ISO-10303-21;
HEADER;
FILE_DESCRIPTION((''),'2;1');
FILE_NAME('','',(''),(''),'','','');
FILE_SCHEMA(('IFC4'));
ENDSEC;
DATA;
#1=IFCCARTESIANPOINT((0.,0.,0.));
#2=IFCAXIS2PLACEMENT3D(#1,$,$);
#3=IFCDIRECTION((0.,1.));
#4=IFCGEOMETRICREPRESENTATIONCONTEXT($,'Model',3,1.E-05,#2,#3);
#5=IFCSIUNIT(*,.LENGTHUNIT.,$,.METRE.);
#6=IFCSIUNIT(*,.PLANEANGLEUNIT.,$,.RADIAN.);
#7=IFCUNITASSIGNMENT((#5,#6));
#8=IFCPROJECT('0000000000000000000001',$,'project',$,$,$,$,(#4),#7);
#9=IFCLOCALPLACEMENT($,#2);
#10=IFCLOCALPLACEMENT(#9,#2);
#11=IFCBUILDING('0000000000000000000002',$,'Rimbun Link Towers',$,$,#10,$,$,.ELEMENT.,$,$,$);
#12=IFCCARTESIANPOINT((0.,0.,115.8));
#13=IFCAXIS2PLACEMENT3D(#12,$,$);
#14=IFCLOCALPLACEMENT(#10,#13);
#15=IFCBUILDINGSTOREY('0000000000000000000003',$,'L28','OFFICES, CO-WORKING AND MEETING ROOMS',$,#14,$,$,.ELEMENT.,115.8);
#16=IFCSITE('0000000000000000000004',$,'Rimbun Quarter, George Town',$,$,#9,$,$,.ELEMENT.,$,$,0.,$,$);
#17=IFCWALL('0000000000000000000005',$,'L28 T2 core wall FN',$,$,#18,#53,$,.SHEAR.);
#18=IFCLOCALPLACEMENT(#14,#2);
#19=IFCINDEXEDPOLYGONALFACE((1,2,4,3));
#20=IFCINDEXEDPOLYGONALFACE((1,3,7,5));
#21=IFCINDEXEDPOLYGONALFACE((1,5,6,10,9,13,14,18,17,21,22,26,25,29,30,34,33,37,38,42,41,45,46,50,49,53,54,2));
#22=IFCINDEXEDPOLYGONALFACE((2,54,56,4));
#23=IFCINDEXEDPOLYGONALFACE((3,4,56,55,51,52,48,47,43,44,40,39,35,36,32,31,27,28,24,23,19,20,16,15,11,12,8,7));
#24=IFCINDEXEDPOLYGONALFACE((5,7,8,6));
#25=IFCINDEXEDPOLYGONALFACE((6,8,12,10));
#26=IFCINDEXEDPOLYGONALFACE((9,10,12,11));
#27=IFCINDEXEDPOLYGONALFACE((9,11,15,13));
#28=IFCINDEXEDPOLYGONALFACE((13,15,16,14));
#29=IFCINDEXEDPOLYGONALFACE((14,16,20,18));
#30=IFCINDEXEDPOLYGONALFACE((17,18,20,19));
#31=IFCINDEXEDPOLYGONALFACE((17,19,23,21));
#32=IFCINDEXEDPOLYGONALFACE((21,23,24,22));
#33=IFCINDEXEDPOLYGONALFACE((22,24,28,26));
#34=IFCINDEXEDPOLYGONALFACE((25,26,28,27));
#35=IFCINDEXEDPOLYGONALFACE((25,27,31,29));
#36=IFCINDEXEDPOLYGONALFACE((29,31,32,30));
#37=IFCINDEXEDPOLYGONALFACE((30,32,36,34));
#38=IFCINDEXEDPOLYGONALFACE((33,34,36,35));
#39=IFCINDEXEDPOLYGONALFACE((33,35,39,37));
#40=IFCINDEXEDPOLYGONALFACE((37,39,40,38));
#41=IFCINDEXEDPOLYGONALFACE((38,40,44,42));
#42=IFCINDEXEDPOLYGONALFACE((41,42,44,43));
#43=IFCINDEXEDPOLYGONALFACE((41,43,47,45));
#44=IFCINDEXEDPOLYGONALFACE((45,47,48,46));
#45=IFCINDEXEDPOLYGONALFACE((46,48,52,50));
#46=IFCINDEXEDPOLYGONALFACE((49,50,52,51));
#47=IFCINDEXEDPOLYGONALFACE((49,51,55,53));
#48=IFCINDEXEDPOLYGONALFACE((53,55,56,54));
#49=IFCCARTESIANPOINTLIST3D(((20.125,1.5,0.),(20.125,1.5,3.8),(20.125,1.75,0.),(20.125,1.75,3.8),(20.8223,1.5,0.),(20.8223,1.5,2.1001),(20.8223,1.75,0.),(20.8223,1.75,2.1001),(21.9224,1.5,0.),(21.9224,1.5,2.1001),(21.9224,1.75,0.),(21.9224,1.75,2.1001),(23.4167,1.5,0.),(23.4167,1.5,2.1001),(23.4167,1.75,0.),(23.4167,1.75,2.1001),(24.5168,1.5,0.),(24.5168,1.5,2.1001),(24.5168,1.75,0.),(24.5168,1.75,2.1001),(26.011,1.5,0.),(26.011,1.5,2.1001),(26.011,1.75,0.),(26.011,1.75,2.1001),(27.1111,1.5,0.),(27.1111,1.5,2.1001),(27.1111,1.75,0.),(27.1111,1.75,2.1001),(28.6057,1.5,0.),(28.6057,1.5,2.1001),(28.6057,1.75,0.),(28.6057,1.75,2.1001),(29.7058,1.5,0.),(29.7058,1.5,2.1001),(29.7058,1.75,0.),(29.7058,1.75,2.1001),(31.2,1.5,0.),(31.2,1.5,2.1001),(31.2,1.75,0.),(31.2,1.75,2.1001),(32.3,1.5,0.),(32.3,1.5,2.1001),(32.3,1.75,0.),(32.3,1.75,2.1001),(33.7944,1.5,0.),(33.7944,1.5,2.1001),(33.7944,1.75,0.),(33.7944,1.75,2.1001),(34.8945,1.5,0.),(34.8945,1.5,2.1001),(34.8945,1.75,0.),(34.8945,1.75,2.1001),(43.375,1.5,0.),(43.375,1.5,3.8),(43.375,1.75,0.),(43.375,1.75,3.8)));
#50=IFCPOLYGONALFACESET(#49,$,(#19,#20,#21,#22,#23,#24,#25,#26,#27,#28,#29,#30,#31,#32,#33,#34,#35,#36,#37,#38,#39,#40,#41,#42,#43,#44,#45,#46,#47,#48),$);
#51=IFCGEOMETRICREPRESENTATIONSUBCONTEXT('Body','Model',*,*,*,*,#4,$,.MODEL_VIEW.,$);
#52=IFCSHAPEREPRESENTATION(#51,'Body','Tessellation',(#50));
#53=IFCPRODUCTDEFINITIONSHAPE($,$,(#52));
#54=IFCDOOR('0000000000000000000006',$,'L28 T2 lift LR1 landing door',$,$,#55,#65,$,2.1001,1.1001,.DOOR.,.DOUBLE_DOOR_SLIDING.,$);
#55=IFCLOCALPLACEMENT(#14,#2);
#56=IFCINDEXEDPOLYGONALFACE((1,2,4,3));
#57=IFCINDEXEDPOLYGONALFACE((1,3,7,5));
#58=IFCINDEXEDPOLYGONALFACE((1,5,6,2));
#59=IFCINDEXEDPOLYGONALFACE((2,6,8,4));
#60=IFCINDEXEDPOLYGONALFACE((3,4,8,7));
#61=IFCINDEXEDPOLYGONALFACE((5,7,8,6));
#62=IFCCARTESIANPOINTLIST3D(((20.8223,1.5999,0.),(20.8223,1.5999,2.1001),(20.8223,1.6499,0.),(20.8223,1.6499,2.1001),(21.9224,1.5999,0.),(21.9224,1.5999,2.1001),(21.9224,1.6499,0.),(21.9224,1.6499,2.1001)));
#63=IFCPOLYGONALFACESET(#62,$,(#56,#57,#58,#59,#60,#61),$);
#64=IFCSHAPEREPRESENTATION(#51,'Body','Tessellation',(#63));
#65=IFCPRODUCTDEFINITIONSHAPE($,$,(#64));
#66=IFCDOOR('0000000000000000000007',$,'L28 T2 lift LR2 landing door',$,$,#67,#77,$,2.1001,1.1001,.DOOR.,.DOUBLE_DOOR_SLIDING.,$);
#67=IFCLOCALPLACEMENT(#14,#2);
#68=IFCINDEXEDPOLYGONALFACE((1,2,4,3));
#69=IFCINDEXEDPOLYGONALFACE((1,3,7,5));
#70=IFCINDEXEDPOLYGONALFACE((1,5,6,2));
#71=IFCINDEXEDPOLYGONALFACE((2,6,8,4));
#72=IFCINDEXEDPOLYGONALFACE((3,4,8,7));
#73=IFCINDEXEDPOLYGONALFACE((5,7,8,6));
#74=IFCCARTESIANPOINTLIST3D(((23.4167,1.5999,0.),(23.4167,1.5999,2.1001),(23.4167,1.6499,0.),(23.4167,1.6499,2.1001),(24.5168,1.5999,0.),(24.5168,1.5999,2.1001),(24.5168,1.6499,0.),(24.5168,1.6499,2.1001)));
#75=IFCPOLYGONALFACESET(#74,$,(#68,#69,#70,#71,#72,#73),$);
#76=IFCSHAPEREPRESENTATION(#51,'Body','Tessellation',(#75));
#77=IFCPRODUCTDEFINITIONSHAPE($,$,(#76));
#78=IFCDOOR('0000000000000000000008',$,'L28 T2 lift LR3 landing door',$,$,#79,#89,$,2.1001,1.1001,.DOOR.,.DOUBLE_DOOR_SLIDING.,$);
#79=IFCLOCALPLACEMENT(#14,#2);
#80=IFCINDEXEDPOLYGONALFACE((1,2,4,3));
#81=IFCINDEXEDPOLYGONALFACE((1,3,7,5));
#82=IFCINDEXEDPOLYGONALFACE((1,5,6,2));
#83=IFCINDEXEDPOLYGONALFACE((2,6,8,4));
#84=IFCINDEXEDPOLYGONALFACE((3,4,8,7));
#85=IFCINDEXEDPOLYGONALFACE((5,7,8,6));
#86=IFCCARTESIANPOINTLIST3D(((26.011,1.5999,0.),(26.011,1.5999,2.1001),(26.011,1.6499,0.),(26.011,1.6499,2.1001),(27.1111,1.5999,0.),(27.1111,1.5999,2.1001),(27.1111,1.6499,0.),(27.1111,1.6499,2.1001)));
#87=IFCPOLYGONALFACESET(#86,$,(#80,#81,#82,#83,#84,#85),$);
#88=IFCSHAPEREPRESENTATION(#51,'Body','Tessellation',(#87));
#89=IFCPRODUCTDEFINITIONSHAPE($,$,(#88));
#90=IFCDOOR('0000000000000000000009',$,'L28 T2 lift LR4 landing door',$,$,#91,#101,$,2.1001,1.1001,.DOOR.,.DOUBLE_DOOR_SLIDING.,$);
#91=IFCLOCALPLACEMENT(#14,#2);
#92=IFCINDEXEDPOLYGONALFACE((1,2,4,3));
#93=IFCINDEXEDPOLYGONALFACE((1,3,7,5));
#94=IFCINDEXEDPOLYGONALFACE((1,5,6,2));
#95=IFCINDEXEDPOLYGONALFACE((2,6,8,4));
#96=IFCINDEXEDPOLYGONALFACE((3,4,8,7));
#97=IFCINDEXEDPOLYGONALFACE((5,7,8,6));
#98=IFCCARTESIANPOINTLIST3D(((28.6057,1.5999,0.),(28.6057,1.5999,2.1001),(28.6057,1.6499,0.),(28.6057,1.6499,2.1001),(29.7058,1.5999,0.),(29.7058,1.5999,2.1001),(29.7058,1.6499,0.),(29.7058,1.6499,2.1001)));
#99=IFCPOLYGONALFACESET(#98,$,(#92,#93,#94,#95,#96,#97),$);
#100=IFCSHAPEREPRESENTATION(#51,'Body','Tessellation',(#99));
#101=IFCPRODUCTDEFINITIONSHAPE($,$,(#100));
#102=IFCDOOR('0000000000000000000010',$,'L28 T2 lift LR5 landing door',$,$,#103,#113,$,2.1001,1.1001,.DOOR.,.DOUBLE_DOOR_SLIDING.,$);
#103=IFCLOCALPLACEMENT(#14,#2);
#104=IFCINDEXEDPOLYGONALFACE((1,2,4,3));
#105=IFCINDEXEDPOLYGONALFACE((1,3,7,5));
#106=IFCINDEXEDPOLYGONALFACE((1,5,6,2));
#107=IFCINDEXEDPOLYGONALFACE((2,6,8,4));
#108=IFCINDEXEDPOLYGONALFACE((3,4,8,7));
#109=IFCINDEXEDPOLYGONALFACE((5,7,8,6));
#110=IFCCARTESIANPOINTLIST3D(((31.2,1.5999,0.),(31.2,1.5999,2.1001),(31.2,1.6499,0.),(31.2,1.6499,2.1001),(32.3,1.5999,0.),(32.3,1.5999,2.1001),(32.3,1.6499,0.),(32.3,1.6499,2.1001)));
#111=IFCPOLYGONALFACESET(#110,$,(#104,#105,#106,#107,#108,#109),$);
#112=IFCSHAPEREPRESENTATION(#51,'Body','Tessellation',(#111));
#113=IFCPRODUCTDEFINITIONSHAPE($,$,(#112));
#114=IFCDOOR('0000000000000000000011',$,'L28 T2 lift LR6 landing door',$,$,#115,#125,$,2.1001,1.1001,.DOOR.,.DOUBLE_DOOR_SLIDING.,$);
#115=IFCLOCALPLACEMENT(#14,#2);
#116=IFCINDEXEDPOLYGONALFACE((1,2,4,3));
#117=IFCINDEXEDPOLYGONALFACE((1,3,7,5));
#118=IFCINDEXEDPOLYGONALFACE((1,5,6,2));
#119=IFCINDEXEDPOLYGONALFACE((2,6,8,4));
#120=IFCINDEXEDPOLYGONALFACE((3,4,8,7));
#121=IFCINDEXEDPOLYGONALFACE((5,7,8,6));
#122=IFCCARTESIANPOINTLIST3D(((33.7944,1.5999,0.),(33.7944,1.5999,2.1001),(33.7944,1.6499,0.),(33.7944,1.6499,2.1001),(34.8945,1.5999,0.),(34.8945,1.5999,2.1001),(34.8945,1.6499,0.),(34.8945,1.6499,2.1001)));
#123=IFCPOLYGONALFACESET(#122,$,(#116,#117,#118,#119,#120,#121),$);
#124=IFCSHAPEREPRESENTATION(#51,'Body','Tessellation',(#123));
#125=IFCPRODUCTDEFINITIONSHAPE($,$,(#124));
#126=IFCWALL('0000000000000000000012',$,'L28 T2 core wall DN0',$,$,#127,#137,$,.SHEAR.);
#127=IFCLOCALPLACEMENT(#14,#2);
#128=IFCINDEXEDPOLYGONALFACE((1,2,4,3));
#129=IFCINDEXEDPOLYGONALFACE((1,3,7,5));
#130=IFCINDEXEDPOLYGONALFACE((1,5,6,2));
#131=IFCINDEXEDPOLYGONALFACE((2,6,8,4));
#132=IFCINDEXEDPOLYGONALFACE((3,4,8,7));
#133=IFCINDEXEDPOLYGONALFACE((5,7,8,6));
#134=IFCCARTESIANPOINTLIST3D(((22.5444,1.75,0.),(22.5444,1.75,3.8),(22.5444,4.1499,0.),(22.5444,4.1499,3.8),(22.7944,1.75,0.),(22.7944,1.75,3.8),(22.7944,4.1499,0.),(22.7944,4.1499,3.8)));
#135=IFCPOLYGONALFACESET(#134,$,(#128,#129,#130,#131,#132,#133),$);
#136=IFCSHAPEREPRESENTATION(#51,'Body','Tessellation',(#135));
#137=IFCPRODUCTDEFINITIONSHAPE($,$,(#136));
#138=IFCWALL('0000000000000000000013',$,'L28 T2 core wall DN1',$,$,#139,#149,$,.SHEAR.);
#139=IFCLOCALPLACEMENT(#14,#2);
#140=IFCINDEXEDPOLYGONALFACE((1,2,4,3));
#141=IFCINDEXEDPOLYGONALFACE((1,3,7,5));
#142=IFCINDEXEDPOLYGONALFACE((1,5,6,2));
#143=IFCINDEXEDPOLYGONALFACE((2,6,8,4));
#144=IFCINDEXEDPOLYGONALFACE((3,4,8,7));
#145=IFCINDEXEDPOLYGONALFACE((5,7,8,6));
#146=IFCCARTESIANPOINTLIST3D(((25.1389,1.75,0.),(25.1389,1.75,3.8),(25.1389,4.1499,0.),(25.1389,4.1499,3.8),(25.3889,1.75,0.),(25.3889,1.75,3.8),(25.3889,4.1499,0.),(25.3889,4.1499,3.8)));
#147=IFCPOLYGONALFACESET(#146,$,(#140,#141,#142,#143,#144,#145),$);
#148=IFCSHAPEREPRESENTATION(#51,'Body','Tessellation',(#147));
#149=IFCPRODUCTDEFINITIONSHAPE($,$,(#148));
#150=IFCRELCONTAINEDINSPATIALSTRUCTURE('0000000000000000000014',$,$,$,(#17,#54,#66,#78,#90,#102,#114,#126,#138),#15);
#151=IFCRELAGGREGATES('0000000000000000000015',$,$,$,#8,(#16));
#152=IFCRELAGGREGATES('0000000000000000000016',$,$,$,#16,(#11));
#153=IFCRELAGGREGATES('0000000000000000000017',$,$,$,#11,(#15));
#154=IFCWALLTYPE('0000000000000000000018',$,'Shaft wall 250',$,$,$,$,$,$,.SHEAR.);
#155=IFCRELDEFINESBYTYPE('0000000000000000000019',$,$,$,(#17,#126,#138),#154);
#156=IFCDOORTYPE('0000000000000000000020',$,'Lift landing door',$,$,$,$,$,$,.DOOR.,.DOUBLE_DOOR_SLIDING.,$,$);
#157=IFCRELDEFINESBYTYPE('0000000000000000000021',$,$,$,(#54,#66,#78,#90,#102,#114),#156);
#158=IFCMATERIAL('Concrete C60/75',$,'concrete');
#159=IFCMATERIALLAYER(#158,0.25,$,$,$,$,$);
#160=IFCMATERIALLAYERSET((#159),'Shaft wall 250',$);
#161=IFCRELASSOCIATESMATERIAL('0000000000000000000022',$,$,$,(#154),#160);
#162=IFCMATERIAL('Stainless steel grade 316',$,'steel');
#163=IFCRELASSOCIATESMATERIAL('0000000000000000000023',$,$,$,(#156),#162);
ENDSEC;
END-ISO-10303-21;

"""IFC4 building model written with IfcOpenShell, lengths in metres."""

from ifc_helpers import new_model, si_unit, direction, frame, frame_2d, origin, place, context, subcontext, project, spatial, rectangle, extrude, material, layer, layer_set, type_object, element, fill, save


model = new_model("IFC4")

# Units and contexts
model_context = context("Model", 3, precision=1e-05, world=origin(), true_north=direction((0.0, 1.0)))
body_context = subcontext(model_context, "Body", "Model", "MODEL_VIEW")
ifc_project = project(units=[si_unit("LENGTHUNIT", "METRE"), si_unit("PLANEANGLEUNIT", "RADIAN")], contexts=[model_context])

# Site, building, storey
site_placement = place(None, origin())
site = spatial("IfcSite", under=ifc_project, at=site_placement, Name="Rimbun Quarter, George Town", CompositionType="ELEMENT", RefElevation=0.0)
building_placement = place(site_placement, origin())
building = spatial("IfcBuilding", under=site, at=building_placement, Name="Rimbun Link Towers", CompositionType="ELEMENT")
storey_placement = place(building_placement, frame((0.0, 0.0, 115.8)))
storey = spatial("IfcBuildingStorey", under=building, at=storey_placement, Name="L28", Description="OFFICES, CO-WORKING AND MEETING ROOMS", CompositionType="ELEMENT", Elevation=115.8)

# Shared definitions
ifc_material_1 = material(Name="Concrete C60/75", Category="concrete")
ifc_layer_1 = layer(ifc_material_1, 0.25)
ifc_layer_set_1 = layer_set([ifc_layer_1], Name="Shaft wall 250")
wall_type_1 = type_object("IfcWallType", Name="Shaft wall 250", PredefinedType="SHEAR", material=ifc_layer_set_1)

# Wall, openings, doors
wall_1_placement = place(storey_placement, frame((20.125, 1.625, 0.0), z_axis=(0.0, 0.0, 1.0), x_axis=(1.0, 0.0, 0.0)))
wall_1 = element("IfcWall", 1, at=wall_1_placement, inside=storey, type_object=wall_type_1, Name="L28 T2 core wall FN", PredefinedType="SHEAR", context=body_context, shape_type="SweptSolid", body=[
    extrude(rectangle(XDim=23.25, YDim=0.25, at=frame_2d((11.625, 0.0))), origin(), (0.0, 0.0, 1.0), 3.8),
])
opening_1_placement = place(wall_1_placement, frame((0.6973, 0.0, 0.0)))
opening_1 = element("IfcOpeningElement", 2, at=opening_1_placement, cuts=wall_1, PredefinedType="OPENING", context=body_context, shape_type="SweptSolid", body=[
    extrude(rectangle(XDim=1.1001, YDim=2.1001, at=frame_2d((0.55, 1.05))), frame((0.0, 0.135, 0.0), z_axis=(0.0, -1.0, 0.0), x_axis=(1.0, 0.0, 0.0)), (0.0, 0.0, 1.0), 0.27),
])
opening_2_placement = place(wall_1_placement, frame((3.2917, 0.0, 0.0)))
opening_2 = element("IfcOpeningElement", 3, at=opening_2_placement, cuts=wall_1, PredefinedType="OPENING", context=body_context, shape_type="SweptSolid", body=[
    extrude(rectangle(XDim=1.1001, YDim=2.1001, at=frame_2d((0.55, 1.05))), frame((0.0, 0.135, 0.0), z_axis=(0.0, -1.0, 0.0), x_axis=(1.0, 0.0, 0.0)), (0.0, 0.0, 1.0), 0.27),
])
opening_3_placement = place(wall_1_placement, frame((5.886, 0.0, 0.0)))
opening_3 = element("IfcOpeningElement", 4, at=opening_3_placement, cuts=wall_1, PredefinedType="OPENING", context=body_context, shape_type="SweptSolid", body=[
    extrude(rectangle(XDim=1.1001, YDim=2.1001, at=frame_2d((0.55, 1.05))), frame((0.0, 0.135, 0.0), z_axis=(0.0, -1.0, 0.0), x_axis=(1.0, 0.0, 0.0)), (0.0, 0.0, 1.0), 0.27),
])
opening_4_placement = place(wall_1_placement, frame((8.4807, 0.0, 0.0)))
opening_4 = element("IfcOpeningElement", 5, at=opening_4_placement, cuts=wall_1, PredefinedType="OPENING", context=body_context, shape_type="SweptSolid", body=[
    extrude(rectangle(XDim=1.1001, YDim=2.1001, at=frame_2d((0.55, 1.05))), frame((0.0, 0.135, 0.0), z_axis=(0.0, -1.0, 0.0), x_axis=(1.0, 0.0, 0.0)), (0.0, 0.0, 1.0), 0.27),
])
opening_5_placement = place(wall_1_placement, frame((11.075, 0.0, 0.0)))
opening_5 = element("IfcOpeningElement", 6, at=opening_5_placement, cuts=wall_1, PredefinedType="OPENING", context=body_context, shape_type="SweptSolid", body=[
    extrude(rectangle(XDim=1.1001, YDim=2.1001, at=frame_2d((0.55, 1.05))), frame((0.0, 0.135, 0.0), z_axis=(0.0, -1.0, 0.0), x_axis=(1.0, 0.0, 0.0)), (0.0, 0.0, 1.0), 0.27),
])
opening_6_placement = place(wall_1_placement, frame((13.6694, 0.0, 0.0)))
opening_6 = element("IfcOpeningElement", 7, at=opening_6_placement, cuts=wall_1, PredefinedType="OPENING", context=body_context, shape_type="SweptSolid", body=[
    extrude(rectangle(XDim=1.1001, YDim=2.1001, at=frame_2d((0.55, 1.05))), frame((0.0, 0.135, 0.0), z_axis=(0.0, -1.0, 0.0), x_axis=(1.0, 0.0, 0.0)), (0.0, 0.0, 1.0), 0.27),
])
ifc_material_2 = material(Name="Stainless steel grade 316", Category="steel")
door_type_1 = type_object("IfcDoorType", Name="Lift landing door", OperationType="DOUBLE_DOOR_SLIDING", PredefinedType="DOOR", material=ifc_material_2)
door_1_placement = place(opening_1_placement, origin())
door_1 = element("IfcDoor", 8, at=door_1_placement, inside=storey, type_object=door_type_1, Name="L28 T2 lift LR1 landing door", OperationType="DOUBLE_DOOR_SLIDING", OverallHeight=2.1001, OverallWidth=1.1001, PredefinedType="DOOR", context=body_context, shape_type="SweptSolid", body=[
    extrude(rectangle(XDim=1.1001, YDim=2.1001, at=frame_2d((0.55, 1.05))), frame((0.0, 0.0249, 0.0), z_axis=(0.0, -1.0, 0.0), x_axis=(1.0, 0.0, 0.0)), (0.0, 0.0, 1.0), 0.05),
])
fill(opening_1, door_1)
door_2_placement = place(opening_2_placement, origin())
door_2 = element("IfcDoor", 9, at=door_2_placement, inside=storey, type_object=door_type_1, Name="L28 T2 lift LR2 landing door", OperationType="DOUBLE_DOOR_SLIDING", OverallHeight=2.1001, OverallWidth=1.1001, PredefinedType="DOOR", context=body_context, shape_type="SweptSolid", body=[
    extrude(rectangle(XDim=1.1001, YDim=2.1001, at=frame_2d((0.55, 1.05))), frame((0.0, 0.0249, 0.0), z_axis=(0.0, -1.0, 0.0), x_axis=(1.0, 0.0, 0.0)), (0.0, 0.0, 1.0), 0.05),
])
fill(opening_2, door_2)
door_3_placement = place(opening_3_placement, origin())
door_3 = element("IfcDoor", 10, at=door_3_placement, inside=storey, type_object=door_type_1, Name="L28 T2 lift LR3 landing door", OperationType="DOUBLE_DOOR_SLIDING", OverallHeight=2.1001, OverallWidth=1.1001, PredefinedType="DOOR", context=body_context, shape_type="SweptSolid", body=[
    extrude(rectangle(XDim=1.1001, YDim=2.1001, at=frame_2d((0.55, 1.05))), frame((0.0, 0.0249, 0.0), z_axis=(0.0, -1.0, 0.0), x_axis=(1.0, 0.0, 0.0)), (0.0, 0.0, 1.0), 0.05),
])
fill(opening_3, door_3)
door_4_placement = place(opening_4_placement, origin())
door_4 = element("IfcDoor", 11, at=door_4_placement, inside=storey, type_object=door_type_1, Name="L28 T2 lift LR4 landing door", OperationType="DOUBLE_DOOR_SLIDING", OverallHeight=2.1001, OverallWidth=1.1001, PredefinedType="DOOR", context=body_context, shape_type="SweptSolid", body=[
    extrude(rectangle(XDim=1.1001, YDim=2.1001, at=frame_2d((0.55, 1.05))), frame((0.0, 0.0249, 0.0), z_axis=(0.0, -1.0, 0.0), x_axis=(1.0, 0.0, 0.0)), (0.0, 0.0, 1.0), 0.05),
])
fill(opening_4, door_4)
door_5_placement = place(opening_5_placement, origin())
door_5 = element("IfcDoor", 12, at=door_5_placement, inside=storey, type_object=door_type_1, Name="L28 T2 lift LR5 landing door", OperationType="DOUBLE_DOOR_SLIDING", OverallHeight=2.1001, OverallWidth=1.1001, PredefinedType="DOOR", context=body_context, shape_type="SweptSolid", body=[
    extrude(rectangle(XDim=1.1001, YDim=2.1001, at=frame_2d((0.55, 1.05))), frame((0.0, 0.0249, 0.0), z_axis=(0.0, -1.0, 0.0), x_axis=(1.0, 0.0, 0.0)), (0.0, 0.0, 1.0), 0.05),
])
fill(opening_5, door_5)
door_6_placement = place(opening_6_placement, origin())
door_6 = element("IfcDoor", 13, at=door_6_placement, inside=storey, type_object=door_type_1, Name="L28 T2 lift LR6 landing door", OperationType="DOUBLE_DOOR_SLIDING", OverallHeight=2.1001, OverallWidth=1.1001, PredefinedType="DOOR", context=body_context, shape_type="SweptSolid", body=[
    extrude(rectangle(XDim=1.1001, YDim=2.1001, at=frame_2d((0.55, 1.05))), frame((0.0, 0.0249, 0.0), z_axis=(0.0, -1.0, 0.0), x_axis=(1.0, 0.0, 0.0)), (0.0, 0.0, 1.0), 0.05),
])
fill(opening_6, door_6)

# Walls
for number, where, z_axis, x_axis, name in (
    (14, (22.6694, 1.75, 0.0), (0.0, 0.0, 1.0), (0.0, 1.0, 0.0), "L28 T2 core wall DN0"),
    (15, (25.2639, 1.75, 0.0), (0.0, 0.0, 1.0), (0.0, 1.0, 0.0), "L28 T2 core wall DN1"),
):
    element("IfcWall", number, at=place(storey_placement, frame(where, z_axis=z_axis, x_axis=x_axis)), inside=storey, type_object=wall_type_1, Name=name, PredefinedType="SHEAR", context=body_context, shape_type="SweptSolid", body=[
        extrude(rectangle(XDim=2.3999, YDim=0.25, at=frame_2d((1.2, 0.0))), origin(), (0.0, 0.0, 1.0), 3.8),
    ])

save(model, "model.ifc")
